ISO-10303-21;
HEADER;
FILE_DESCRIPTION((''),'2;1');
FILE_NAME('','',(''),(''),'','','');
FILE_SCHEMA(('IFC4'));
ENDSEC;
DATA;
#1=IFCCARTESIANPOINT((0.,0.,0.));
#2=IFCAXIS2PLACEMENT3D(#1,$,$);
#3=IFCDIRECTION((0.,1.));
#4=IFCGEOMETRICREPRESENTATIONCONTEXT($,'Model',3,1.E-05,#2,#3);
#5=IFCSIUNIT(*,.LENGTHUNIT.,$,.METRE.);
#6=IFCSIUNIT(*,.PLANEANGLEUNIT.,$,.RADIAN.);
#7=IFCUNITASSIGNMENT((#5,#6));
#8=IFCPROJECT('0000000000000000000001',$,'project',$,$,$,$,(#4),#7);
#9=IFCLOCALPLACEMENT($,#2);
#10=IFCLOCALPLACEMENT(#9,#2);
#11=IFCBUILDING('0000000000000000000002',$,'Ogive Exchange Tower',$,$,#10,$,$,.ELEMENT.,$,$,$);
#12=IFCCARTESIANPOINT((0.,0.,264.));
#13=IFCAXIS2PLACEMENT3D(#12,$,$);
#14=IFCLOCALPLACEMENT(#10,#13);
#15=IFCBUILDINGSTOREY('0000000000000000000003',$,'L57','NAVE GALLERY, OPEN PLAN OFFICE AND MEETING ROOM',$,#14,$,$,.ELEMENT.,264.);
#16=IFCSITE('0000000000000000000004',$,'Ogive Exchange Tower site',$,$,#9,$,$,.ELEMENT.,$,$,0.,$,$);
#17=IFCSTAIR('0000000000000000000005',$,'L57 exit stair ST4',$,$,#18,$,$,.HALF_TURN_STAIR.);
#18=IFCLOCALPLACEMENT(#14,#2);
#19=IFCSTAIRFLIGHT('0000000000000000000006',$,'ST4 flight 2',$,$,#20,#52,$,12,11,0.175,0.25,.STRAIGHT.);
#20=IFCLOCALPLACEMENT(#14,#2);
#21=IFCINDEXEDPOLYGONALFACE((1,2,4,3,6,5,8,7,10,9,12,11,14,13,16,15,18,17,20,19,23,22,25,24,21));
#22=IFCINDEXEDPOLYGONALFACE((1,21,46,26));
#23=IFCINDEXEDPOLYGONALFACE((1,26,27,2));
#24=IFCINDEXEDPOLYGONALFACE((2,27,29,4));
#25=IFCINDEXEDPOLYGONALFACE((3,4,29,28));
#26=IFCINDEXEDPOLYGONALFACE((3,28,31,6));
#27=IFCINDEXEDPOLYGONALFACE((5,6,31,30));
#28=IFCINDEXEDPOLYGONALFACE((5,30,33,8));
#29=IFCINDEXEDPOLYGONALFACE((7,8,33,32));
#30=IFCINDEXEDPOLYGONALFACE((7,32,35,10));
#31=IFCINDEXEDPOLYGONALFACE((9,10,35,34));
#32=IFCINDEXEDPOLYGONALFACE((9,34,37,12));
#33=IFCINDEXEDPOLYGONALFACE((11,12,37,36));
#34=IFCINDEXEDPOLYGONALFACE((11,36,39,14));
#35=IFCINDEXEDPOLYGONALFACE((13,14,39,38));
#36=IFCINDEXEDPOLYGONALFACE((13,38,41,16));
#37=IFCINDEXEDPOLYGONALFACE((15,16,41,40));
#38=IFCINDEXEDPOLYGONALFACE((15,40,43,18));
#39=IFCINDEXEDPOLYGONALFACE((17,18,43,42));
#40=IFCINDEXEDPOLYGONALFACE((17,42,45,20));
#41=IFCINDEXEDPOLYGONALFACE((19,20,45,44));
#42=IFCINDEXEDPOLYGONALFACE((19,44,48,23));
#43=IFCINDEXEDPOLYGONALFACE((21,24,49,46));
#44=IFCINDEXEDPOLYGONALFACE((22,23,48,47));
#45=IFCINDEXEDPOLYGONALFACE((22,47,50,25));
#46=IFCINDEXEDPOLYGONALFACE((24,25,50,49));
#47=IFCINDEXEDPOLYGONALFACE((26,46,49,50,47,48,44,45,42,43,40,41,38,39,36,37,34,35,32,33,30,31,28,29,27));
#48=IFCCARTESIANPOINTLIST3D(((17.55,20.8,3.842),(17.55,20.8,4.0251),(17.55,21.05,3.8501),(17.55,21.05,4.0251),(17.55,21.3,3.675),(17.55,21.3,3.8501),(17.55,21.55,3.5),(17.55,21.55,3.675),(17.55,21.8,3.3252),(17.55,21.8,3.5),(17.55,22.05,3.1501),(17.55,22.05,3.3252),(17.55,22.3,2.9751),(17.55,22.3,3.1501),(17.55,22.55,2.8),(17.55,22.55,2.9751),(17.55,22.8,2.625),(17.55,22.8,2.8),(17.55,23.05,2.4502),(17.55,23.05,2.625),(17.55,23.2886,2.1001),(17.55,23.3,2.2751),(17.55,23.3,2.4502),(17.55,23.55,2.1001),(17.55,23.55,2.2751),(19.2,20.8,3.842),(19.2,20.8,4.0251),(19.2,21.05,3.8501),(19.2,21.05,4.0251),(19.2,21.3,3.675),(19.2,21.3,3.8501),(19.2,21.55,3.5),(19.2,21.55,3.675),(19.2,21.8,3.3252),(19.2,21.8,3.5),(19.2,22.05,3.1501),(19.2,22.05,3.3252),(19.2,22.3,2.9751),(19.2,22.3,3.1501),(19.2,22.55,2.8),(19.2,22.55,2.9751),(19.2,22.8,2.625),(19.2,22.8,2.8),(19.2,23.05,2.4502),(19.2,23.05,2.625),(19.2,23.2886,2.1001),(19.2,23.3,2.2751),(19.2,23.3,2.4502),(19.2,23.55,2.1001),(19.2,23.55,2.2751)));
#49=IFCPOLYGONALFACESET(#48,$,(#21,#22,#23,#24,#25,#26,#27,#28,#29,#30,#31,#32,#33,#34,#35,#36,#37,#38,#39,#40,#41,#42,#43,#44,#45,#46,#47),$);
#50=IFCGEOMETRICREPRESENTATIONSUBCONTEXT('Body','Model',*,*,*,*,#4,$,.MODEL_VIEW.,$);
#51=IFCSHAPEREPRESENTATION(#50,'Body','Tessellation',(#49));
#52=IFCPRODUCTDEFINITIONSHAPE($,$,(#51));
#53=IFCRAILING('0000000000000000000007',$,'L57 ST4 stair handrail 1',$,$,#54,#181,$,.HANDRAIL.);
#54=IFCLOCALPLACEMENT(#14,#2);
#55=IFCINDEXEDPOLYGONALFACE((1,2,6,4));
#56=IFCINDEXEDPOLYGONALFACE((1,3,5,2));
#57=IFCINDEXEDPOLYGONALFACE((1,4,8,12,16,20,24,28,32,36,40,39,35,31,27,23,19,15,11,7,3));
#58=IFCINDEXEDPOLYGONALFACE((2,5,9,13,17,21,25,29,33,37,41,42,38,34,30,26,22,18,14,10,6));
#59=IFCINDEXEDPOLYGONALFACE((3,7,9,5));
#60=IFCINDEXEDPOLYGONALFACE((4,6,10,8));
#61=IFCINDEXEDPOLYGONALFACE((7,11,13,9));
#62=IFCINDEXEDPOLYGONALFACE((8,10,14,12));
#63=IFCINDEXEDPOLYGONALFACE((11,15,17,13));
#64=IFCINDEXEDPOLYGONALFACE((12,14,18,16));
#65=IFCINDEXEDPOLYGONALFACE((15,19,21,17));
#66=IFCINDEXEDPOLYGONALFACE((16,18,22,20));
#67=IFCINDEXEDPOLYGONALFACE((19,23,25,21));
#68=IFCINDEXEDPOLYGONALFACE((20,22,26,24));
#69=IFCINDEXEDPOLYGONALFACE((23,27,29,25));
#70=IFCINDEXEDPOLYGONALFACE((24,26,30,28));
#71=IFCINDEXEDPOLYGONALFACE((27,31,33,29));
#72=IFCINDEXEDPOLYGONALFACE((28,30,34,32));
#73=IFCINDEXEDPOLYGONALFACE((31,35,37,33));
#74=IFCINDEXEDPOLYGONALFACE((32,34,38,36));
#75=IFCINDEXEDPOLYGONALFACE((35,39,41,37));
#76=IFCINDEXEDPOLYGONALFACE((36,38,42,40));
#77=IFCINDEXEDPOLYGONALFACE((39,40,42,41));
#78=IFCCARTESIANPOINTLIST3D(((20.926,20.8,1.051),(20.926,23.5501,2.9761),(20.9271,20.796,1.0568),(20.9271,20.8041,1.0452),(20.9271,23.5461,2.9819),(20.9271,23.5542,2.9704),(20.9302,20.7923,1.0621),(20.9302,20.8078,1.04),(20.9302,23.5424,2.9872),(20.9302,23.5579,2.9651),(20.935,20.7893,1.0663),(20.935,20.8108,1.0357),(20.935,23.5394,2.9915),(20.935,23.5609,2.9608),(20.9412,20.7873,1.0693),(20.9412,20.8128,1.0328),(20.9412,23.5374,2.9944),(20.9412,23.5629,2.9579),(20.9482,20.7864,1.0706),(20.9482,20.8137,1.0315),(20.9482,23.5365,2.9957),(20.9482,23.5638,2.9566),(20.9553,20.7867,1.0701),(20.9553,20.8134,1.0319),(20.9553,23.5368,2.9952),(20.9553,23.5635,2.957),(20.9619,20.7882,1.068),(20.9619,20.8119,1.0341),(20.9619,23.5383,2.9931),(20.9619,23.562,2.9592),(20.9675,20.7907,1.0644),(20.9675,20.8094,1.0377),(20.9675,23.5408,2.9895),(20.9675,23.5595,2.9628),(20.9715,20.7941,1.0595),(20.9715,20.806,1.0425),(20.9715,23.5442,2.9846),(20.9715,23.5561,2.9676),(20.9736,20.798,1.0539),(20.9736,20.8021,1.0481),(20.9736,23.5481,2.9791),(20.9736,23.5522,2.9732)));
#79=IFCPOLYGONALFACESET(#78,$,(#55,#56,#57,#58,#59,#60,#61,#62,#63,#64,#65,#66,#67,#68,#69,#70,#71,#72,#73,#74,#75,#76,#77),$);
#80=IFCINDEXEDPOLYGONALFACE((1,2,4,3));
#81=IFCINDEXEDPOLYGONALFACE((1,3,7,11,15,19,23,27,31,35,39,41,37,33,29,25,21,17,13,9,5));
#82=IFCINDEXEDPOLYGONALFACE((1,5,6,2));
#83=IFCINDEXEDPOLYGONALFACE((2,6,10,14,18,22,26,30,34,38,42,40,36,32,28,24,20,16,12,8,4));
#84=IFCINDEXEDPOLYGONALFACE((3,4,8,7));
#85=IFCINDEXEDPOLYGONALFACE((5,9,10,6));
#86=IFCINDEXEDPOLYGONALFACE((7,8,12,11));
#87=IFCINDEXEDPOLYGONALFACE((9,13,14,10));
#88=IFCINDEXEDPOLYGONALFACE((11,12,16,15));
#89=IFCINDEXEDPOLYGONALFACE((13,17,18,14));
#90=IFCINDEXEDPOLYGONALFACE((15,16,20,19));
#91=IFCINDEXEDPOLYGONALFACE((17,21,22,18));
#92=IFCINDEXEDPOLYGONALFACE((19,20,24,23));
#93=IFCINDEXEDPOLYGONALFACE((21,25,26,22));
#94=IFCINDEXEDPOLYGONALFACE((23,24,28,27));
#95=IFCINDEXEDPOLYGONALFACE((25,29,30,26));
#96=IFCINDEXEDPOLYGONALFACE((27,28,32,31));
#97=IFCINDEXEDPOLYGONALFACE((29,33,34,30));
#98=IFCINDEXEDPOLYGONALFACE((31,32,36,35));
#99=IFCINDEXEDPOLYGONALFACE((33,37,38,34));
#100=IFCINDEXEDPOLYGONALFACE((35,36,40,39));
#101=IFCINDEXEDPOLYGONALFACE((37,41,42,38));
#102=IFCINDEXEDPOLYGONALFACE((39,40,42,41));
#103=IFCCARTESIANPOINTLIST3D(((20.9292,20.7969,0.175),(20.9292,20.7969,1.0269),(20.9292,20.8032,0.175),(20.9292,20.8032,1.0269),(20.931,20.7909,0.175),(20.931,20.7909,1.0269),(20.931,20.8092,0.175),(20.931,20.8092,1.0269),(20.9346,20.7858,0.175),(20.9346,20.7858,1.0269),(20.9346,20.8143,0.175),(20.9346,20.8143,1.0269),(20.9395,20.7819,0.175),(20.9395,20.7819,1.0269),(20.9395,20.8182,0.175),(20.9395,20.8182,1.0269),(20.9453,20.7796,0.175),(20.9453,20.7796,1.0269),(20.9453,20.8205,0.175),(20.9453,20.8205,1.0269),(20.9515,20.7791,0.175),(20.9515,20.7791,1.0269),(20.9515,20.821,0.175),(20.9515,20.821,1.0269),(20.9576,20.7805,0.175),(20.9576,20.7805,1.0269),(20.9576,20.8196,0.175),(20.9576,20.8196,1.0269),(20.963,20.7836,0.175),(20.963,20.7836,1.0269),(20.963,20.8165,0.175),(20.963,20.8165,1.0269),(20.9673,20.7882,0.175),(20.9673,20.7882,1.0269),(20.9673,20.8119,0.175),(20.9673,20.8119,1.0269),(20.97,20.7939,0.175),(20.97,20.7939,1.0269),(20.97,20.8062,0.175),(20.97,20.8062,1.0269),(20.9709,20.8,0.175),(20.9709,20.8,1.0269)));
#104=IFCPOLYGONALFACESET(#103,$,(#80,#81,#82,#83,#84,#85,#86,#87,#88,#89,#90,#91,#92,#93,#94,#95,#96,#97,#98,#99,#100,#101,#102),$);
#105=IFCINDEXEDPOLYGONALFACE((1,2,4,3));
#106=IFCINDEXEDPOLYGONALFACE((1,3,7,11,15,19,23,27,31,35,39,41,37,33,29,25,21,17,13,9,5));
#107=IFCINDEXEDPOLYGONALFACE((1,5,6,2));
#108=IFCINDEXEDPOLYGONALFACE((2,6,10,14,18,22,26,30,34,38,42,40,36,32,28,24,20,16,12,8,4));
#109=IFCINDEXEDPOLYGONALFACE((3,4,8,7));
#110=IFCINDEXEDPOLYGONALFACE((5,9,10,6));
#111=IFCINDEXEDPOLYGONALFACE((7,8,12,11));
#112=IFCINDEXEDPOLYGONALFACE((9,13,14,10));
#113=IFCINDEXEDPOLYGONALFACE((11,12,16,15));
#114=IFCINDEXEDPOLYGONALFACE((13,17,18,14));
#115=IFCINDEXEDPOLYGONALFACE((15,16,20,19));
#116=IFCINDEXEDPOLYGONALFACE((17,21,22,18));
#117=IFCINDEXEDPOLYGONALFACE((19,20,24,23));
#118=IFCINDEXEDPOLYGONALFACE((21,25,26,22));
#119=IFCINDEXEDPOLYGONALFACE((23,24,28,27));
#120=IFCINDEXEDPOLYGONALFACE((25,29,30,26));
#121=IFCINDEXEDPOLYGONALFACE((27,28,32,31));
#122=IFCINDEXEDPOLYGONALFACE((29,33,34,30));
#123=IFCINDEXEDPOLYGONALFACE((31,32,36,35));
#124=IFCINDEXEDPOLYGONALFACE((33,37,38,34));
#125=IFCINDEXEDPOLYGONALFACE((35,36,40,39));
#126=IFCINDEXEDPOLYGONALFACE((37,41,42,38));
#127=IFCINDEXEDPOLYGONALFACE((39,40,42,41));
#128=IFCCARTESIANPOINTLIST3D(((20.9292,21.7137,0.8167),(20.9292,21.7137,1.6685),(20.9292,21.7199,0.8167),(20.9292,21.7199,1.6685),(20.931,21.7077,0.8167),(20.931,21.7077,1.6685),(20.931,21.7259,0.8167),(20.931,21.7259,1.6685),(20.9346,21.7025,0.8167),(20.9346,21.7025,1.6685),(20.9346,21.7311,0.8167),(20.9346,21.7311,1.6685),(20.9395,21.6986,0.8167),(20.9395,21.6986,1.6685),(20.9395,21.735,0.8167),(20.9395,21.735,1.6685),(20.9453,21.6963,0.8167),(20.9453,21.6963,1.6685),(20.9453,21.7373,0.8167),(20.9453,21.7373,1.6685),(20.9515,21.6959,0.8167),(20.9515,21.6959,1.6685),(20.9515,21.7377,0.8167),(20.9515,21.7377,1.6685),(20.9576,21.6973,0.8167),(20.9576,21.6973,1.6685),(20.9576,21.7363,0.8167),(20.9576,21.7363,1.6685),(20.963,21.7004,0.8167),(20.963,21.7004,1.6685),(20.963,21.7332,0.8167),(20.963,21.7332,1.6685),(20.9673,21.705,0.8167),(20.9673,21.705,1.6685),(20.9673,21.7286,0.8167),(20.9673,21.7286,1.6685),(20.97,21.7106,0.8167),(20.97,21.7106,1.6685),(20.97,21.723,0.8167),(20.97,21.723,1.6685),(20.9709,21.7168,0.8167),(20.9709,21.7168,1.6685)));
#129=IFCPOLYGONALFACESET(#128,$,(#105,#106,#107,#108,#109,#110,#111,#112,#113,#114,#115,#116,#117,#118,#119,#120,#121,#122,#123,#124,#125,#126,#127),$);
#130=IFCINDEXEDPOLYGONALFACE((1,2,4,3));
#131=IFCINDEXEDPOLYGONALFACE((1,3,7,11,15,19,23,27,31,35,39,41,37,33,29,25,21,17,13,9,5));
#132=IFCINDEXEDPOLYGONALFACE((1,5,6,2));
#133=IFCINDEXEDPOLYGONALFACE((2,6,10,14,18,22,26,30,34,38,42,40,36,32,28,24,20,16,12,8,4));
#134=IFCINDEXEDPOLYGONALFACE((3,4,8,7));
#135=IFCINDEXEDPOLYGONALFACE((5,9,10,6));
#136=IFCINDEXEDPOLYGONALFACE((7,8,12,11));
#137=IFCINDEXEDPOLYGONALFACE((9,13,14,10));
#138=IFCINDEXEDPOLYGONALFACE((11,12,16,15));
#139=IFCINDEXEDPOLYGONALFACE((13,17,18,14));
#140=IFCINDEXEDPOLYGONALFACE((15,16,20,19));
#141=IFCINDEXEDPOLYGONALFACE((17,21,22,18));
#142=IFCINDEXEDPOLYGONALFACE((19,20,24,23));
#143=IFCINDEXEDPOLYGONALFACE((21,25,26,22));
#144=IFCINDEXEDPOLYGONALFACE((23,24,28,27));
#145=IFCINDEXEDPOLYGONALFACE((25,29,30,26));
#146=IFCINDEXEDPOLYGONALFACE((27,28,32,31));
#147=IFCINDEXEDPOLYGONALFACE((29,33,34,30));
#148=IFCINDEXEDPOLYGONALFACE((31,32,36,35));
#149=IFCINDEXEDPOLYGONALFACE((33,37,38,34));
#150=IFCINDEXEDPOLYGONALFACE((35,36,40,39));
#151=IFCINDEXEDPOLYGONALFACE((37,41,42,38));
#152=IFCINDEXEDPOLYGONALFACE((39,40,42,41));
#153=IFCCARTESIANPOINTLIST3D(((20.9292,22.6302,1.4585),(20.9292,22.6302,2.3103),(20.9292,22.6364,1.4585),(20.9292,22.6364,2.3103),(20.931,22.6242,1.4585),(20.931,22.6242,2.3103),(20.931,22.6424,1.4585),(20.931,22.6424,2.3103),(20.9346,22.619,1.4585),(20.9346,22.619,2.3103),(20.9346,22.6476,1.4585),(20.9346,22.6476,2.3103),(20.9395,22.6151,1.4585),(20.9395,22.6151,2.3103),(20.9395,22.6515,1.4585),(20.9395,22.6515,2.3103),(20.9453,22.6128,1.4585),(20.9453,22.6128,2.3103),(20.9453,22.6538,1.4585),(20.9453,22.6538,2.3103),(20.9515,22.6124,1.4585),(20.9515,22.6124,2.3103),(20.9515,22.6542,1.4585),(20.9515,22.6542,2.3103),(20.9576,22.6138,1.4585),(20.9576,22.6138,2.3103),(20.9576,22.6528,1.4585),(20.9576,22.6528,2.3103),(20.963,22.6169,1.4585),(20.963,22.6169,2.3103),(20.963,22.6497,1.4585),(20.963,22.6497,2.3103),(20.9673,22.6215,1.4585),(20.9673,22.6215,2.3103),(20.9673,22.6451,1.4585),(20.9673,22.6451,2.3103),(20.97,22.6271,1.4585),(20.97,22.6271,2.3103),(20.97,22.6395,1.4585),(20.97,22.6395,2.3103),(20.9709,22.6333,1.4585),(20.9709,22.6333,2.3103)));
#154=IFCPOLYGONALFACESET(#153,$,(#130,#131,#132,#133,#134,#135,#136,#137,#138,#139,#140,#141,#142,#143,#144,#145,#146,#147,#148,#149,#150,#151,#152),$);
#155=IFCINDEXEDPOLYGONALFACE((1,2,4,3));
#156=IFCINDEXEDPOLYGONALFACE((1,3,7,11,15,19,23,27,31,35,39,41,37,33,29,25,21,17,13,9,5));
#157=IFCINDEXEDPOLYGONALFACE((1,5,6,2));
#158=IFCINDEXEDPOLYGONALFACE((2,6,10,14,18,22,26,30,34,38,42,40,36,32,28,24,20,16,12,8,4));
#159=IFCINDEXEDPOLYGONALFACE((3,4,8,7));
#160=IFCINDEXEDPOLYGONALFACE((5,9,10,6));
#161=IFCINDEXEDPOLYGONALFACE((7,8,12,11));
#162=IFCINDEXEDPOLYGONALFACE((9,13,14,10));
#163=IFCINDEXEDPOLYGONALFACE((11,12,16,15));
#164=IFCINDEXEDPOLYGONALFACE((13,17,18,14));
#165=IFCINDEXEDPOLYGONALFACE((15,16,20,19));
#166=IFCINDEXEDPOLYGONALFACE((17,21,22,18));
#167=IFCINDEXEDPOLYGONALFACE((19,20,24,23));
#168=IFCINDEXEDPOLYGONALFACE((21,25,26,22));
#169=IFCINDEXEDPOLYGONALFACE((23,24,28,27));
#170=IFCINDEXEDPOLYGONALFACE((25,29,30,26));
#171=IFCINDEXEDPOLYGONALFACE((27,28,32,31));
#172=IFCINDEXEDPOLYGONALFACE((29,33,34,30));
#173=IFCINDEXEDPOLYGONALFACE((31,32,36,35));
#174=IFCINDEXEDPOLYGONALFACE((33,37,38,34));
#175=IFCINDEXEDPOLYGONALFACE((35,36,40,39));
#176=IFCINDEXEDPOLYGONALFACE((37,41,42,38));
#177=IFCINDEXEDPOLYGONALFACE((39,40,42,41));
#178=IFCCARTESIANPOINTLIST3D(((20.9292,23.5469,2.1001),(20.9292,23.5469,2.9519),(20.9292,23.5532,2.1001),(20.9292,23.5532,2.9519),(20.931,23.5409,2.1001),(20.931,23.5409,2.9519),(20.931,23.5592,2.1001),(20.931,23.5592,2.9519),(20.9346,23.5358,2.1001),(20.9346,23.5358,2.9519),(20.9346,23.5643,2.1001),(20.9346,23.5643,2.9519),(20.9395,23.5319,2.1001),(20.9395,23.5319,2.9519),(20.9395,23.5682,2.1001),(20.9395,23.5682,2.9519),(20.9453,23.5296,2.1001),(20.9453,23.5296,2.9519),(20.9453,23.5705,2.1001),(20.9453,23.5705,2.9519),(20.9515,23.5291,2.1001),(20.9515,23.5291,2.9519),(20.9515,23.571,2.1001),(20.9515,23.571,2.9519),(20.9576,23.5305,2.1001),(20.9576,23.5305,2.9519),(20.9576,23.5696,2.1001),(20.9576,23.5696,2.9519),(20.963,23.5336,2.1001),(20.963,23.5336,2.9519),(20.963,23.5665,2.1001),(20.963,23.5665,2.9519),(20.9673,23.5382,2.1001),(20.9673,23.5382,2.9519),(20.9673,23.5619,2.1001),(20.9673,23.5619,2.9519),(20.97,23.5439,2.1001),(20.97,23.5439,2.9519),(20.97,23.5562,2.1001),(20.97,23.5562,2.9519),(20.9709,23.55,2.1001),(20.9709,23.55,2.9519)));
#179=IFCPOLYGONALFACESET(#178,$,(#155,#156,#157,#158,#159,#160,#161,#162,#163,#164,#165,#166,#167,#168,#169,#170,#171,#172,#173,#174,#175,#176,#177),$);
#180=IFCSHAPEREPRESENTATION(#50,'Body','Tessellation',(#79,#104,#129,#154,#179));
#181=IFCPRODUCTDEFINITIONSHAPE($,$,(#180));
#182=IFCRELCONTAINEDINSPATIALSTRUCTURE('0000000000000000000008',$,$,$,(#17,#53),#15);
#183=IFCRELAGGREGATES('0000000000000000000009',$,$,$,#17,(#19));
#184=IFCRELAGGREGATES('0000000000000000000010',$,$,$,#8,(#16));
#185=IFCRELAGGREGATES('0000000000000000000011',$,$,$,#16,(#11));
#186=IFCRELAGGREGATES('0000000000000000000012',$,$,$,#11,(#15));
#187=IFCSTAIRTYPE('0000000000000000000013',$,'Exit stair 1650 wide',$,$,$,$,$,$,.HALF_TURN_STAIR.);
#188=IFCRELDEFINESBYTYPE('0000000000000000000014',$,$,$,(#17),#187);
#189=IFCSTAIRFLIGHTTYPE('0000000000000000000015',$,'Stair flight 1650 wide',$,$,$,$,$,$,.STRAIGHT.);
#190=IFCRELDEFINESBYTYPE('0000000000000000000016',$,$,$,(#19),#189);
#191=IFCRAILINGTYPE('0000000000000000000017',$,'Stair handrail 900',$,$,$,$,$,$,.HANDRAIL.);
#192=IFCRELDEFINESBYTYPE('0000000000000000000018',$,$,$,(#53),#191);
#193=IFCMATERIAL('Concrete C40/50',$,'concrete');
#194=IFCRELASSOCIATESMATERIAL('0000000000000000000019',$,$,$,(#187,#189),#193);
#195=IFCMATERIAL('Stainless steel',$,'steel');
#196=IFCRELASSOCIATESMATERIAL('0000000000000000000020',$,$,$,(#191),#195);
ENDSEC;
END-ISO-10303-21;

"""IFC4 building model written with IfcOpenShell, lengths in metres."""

from ifc_helpers import new_model, si_unit, direction, frame, origin, origin_2d, place, context, subcontext, project, spatial, polyline, circle, outline, extrude, material, type_object, element, aggregate, save


model = new_model("IFC4")

# Units and contexts
model_context = context("Model", 3, precision=1e-05, world=origin(), true_north=direction((0.0, 1.0)))
body_context = subcontext(model_context, "Body", "Model", "MODEL_VIEW")
ifc_project = project(units=[si_unit("LENGTHUNIT", "METRE"), si_unit("PLANEANGLEUNIT", "RADIAN")], contexts=[model_context])

# Site, building, storey
site_placement = place(None, origin())
site = spatial("IfcSite", under=ifc_project, at=site_placement, Name="Ogive Exchange Tower site", CompositionType="ELEMENT", RefElevation=0.0)
building_placement = place(site_placement, origin())
building = spatial("IfcBuilding", under=site, at=building_placement, Name="Ogive Exchange Tower", CompositionType="ELEMENT")
storey_placement = place(building_placement, frame((0.0, 0.0, 264.0)))
storey = spatial("IfcBuildingStorey", under=building, at=storey_placement, Name="L57", Description="NAVE GALLERY, OPEN PLAN OFFICE AND MEETING ROOM", CompositionType="ELEMENT", Elevation=264.0)

# Stair, stair flight
ifc_material_1 = material(Name="Concrete C40/50", Category="concrete")
stair_type = type_object("IfcStairType", Name="Exit stair 1650 wide", PredefinedType="HALF_TURN_STAIR", material=ifc_material_1)
stair_placement = place(storey_placement, origin())
stair = element("IfcStair", 1, at=stair_placement, inside=storey, type_object=stair_type, Name="L57 exit stair ST4", PredefinedType="HALF_TURN_STAIR")
stair_flight_type = type_object("IfcStairFlightType", Name="Stair flight 1650 wide", PredefinedType="STRAIGHT", material=ifc_material_1)
stair_flight_1_placement = place(storey_placement, frame((18.375, 23.55, 2.1001), z_axis=(0.0, 0.0, 1.0), x_axis=(0.0, -1.0, 0.0)))
stair_flight_1 = element("IfcStairFlight", 2, at=stair_flight_1_placement, type_object=stair_flight_type, Name="ST4 flight 2", NumberOfRisers=12, NumberOfTreads=11, PredefinedType="STRAIGHT", RiserHeight=0.175, TreadLength=0.25, context=body_context, shape_type="SweptSolid", body=[
    extrude(outline(polyline([(0.0, 0.0), (0.0, 0.175), (0.25, 0.175), (0.25, 0.3501), (0.5, 0.3501), (0.5, 0.5249), (0.75, 0.5249), (0.75, 0.7), (1.0, 0.7), (1.0, 0.875), (1.25, 0.875), (1.25, 1.05), (1.5, 1.05), (1.5, 1.2251), (1.75, 1.2251), (1.75, 1.3999), (2.0, 1.3999), (2.0, 1.575), (2.25, 1.575), (2.25, 1.75), (2.5, 1.75), (2.5, 1.925), (2.75, 1.925), (2.75, 2.1001), (2.75, 1.7419), (0.2615, 0.0), (0.0, 0.0)])), frame((0.0, 0.825, 0.0), z_axis=(0.0, -1.0, 0.0), x_axis=(1.0, 0.0, 0.0)), (0.0, 0.0, 1.0), 1.6499),
])
aggregate(stair, [stair_flight_1])

# Railing
ifc_material_2 = material(Name="Stainless steel", Category="steel")
railing_type = type_object("IfcRailingType", Name="Stair handrail 900", PredefinedType="HANDRAIL", material=ifc_material_2)
railing_1_placement = place(storey_placement, frame((20.95, 20.8, 0.175)))
element("IfcRailing", 3, at=railing_1_placement, inside=storey, type_object=railing_type, Name="L57 ST4 stair handrail 1", PredefinedType="HANDRAIL", context=body_context, shape_type="SweptSolid", body=[
    extrude(circle(Radius=0.0239, at=origin_2d()), frame((0.0, 0.0, 0.876), z_axis=(0.0, 0.819225, 0.573472), x_axis=(-1.0, 0.0, 0.0)), (0.0, 0.0, 1.0), 3.3569),
    extrude(circle(Radius=0.021, at=origin_2d()), origin(), (0.0, 0.0, 1.0), 0.8518),
    extrude(circle(Radius=0.021, at=origin_2d()), frame((0.0, 0.9167, 0.6416)), (0.0, 0.0, 1.0), 0.8518),
    extrude(circle(Radius=0.021, at=origin_2d()), frame((0.0, 1.8333, 1.2834)), (0.0, 0.0, 1.0), 0.8518),
    extrude(circle(Radius=0.021, at=origin_2d()), frame((0.0, 2.75, 1.925)), (0.0, 0.0, 1.0), 0.8518),
])

save(model, "model.ifc")
